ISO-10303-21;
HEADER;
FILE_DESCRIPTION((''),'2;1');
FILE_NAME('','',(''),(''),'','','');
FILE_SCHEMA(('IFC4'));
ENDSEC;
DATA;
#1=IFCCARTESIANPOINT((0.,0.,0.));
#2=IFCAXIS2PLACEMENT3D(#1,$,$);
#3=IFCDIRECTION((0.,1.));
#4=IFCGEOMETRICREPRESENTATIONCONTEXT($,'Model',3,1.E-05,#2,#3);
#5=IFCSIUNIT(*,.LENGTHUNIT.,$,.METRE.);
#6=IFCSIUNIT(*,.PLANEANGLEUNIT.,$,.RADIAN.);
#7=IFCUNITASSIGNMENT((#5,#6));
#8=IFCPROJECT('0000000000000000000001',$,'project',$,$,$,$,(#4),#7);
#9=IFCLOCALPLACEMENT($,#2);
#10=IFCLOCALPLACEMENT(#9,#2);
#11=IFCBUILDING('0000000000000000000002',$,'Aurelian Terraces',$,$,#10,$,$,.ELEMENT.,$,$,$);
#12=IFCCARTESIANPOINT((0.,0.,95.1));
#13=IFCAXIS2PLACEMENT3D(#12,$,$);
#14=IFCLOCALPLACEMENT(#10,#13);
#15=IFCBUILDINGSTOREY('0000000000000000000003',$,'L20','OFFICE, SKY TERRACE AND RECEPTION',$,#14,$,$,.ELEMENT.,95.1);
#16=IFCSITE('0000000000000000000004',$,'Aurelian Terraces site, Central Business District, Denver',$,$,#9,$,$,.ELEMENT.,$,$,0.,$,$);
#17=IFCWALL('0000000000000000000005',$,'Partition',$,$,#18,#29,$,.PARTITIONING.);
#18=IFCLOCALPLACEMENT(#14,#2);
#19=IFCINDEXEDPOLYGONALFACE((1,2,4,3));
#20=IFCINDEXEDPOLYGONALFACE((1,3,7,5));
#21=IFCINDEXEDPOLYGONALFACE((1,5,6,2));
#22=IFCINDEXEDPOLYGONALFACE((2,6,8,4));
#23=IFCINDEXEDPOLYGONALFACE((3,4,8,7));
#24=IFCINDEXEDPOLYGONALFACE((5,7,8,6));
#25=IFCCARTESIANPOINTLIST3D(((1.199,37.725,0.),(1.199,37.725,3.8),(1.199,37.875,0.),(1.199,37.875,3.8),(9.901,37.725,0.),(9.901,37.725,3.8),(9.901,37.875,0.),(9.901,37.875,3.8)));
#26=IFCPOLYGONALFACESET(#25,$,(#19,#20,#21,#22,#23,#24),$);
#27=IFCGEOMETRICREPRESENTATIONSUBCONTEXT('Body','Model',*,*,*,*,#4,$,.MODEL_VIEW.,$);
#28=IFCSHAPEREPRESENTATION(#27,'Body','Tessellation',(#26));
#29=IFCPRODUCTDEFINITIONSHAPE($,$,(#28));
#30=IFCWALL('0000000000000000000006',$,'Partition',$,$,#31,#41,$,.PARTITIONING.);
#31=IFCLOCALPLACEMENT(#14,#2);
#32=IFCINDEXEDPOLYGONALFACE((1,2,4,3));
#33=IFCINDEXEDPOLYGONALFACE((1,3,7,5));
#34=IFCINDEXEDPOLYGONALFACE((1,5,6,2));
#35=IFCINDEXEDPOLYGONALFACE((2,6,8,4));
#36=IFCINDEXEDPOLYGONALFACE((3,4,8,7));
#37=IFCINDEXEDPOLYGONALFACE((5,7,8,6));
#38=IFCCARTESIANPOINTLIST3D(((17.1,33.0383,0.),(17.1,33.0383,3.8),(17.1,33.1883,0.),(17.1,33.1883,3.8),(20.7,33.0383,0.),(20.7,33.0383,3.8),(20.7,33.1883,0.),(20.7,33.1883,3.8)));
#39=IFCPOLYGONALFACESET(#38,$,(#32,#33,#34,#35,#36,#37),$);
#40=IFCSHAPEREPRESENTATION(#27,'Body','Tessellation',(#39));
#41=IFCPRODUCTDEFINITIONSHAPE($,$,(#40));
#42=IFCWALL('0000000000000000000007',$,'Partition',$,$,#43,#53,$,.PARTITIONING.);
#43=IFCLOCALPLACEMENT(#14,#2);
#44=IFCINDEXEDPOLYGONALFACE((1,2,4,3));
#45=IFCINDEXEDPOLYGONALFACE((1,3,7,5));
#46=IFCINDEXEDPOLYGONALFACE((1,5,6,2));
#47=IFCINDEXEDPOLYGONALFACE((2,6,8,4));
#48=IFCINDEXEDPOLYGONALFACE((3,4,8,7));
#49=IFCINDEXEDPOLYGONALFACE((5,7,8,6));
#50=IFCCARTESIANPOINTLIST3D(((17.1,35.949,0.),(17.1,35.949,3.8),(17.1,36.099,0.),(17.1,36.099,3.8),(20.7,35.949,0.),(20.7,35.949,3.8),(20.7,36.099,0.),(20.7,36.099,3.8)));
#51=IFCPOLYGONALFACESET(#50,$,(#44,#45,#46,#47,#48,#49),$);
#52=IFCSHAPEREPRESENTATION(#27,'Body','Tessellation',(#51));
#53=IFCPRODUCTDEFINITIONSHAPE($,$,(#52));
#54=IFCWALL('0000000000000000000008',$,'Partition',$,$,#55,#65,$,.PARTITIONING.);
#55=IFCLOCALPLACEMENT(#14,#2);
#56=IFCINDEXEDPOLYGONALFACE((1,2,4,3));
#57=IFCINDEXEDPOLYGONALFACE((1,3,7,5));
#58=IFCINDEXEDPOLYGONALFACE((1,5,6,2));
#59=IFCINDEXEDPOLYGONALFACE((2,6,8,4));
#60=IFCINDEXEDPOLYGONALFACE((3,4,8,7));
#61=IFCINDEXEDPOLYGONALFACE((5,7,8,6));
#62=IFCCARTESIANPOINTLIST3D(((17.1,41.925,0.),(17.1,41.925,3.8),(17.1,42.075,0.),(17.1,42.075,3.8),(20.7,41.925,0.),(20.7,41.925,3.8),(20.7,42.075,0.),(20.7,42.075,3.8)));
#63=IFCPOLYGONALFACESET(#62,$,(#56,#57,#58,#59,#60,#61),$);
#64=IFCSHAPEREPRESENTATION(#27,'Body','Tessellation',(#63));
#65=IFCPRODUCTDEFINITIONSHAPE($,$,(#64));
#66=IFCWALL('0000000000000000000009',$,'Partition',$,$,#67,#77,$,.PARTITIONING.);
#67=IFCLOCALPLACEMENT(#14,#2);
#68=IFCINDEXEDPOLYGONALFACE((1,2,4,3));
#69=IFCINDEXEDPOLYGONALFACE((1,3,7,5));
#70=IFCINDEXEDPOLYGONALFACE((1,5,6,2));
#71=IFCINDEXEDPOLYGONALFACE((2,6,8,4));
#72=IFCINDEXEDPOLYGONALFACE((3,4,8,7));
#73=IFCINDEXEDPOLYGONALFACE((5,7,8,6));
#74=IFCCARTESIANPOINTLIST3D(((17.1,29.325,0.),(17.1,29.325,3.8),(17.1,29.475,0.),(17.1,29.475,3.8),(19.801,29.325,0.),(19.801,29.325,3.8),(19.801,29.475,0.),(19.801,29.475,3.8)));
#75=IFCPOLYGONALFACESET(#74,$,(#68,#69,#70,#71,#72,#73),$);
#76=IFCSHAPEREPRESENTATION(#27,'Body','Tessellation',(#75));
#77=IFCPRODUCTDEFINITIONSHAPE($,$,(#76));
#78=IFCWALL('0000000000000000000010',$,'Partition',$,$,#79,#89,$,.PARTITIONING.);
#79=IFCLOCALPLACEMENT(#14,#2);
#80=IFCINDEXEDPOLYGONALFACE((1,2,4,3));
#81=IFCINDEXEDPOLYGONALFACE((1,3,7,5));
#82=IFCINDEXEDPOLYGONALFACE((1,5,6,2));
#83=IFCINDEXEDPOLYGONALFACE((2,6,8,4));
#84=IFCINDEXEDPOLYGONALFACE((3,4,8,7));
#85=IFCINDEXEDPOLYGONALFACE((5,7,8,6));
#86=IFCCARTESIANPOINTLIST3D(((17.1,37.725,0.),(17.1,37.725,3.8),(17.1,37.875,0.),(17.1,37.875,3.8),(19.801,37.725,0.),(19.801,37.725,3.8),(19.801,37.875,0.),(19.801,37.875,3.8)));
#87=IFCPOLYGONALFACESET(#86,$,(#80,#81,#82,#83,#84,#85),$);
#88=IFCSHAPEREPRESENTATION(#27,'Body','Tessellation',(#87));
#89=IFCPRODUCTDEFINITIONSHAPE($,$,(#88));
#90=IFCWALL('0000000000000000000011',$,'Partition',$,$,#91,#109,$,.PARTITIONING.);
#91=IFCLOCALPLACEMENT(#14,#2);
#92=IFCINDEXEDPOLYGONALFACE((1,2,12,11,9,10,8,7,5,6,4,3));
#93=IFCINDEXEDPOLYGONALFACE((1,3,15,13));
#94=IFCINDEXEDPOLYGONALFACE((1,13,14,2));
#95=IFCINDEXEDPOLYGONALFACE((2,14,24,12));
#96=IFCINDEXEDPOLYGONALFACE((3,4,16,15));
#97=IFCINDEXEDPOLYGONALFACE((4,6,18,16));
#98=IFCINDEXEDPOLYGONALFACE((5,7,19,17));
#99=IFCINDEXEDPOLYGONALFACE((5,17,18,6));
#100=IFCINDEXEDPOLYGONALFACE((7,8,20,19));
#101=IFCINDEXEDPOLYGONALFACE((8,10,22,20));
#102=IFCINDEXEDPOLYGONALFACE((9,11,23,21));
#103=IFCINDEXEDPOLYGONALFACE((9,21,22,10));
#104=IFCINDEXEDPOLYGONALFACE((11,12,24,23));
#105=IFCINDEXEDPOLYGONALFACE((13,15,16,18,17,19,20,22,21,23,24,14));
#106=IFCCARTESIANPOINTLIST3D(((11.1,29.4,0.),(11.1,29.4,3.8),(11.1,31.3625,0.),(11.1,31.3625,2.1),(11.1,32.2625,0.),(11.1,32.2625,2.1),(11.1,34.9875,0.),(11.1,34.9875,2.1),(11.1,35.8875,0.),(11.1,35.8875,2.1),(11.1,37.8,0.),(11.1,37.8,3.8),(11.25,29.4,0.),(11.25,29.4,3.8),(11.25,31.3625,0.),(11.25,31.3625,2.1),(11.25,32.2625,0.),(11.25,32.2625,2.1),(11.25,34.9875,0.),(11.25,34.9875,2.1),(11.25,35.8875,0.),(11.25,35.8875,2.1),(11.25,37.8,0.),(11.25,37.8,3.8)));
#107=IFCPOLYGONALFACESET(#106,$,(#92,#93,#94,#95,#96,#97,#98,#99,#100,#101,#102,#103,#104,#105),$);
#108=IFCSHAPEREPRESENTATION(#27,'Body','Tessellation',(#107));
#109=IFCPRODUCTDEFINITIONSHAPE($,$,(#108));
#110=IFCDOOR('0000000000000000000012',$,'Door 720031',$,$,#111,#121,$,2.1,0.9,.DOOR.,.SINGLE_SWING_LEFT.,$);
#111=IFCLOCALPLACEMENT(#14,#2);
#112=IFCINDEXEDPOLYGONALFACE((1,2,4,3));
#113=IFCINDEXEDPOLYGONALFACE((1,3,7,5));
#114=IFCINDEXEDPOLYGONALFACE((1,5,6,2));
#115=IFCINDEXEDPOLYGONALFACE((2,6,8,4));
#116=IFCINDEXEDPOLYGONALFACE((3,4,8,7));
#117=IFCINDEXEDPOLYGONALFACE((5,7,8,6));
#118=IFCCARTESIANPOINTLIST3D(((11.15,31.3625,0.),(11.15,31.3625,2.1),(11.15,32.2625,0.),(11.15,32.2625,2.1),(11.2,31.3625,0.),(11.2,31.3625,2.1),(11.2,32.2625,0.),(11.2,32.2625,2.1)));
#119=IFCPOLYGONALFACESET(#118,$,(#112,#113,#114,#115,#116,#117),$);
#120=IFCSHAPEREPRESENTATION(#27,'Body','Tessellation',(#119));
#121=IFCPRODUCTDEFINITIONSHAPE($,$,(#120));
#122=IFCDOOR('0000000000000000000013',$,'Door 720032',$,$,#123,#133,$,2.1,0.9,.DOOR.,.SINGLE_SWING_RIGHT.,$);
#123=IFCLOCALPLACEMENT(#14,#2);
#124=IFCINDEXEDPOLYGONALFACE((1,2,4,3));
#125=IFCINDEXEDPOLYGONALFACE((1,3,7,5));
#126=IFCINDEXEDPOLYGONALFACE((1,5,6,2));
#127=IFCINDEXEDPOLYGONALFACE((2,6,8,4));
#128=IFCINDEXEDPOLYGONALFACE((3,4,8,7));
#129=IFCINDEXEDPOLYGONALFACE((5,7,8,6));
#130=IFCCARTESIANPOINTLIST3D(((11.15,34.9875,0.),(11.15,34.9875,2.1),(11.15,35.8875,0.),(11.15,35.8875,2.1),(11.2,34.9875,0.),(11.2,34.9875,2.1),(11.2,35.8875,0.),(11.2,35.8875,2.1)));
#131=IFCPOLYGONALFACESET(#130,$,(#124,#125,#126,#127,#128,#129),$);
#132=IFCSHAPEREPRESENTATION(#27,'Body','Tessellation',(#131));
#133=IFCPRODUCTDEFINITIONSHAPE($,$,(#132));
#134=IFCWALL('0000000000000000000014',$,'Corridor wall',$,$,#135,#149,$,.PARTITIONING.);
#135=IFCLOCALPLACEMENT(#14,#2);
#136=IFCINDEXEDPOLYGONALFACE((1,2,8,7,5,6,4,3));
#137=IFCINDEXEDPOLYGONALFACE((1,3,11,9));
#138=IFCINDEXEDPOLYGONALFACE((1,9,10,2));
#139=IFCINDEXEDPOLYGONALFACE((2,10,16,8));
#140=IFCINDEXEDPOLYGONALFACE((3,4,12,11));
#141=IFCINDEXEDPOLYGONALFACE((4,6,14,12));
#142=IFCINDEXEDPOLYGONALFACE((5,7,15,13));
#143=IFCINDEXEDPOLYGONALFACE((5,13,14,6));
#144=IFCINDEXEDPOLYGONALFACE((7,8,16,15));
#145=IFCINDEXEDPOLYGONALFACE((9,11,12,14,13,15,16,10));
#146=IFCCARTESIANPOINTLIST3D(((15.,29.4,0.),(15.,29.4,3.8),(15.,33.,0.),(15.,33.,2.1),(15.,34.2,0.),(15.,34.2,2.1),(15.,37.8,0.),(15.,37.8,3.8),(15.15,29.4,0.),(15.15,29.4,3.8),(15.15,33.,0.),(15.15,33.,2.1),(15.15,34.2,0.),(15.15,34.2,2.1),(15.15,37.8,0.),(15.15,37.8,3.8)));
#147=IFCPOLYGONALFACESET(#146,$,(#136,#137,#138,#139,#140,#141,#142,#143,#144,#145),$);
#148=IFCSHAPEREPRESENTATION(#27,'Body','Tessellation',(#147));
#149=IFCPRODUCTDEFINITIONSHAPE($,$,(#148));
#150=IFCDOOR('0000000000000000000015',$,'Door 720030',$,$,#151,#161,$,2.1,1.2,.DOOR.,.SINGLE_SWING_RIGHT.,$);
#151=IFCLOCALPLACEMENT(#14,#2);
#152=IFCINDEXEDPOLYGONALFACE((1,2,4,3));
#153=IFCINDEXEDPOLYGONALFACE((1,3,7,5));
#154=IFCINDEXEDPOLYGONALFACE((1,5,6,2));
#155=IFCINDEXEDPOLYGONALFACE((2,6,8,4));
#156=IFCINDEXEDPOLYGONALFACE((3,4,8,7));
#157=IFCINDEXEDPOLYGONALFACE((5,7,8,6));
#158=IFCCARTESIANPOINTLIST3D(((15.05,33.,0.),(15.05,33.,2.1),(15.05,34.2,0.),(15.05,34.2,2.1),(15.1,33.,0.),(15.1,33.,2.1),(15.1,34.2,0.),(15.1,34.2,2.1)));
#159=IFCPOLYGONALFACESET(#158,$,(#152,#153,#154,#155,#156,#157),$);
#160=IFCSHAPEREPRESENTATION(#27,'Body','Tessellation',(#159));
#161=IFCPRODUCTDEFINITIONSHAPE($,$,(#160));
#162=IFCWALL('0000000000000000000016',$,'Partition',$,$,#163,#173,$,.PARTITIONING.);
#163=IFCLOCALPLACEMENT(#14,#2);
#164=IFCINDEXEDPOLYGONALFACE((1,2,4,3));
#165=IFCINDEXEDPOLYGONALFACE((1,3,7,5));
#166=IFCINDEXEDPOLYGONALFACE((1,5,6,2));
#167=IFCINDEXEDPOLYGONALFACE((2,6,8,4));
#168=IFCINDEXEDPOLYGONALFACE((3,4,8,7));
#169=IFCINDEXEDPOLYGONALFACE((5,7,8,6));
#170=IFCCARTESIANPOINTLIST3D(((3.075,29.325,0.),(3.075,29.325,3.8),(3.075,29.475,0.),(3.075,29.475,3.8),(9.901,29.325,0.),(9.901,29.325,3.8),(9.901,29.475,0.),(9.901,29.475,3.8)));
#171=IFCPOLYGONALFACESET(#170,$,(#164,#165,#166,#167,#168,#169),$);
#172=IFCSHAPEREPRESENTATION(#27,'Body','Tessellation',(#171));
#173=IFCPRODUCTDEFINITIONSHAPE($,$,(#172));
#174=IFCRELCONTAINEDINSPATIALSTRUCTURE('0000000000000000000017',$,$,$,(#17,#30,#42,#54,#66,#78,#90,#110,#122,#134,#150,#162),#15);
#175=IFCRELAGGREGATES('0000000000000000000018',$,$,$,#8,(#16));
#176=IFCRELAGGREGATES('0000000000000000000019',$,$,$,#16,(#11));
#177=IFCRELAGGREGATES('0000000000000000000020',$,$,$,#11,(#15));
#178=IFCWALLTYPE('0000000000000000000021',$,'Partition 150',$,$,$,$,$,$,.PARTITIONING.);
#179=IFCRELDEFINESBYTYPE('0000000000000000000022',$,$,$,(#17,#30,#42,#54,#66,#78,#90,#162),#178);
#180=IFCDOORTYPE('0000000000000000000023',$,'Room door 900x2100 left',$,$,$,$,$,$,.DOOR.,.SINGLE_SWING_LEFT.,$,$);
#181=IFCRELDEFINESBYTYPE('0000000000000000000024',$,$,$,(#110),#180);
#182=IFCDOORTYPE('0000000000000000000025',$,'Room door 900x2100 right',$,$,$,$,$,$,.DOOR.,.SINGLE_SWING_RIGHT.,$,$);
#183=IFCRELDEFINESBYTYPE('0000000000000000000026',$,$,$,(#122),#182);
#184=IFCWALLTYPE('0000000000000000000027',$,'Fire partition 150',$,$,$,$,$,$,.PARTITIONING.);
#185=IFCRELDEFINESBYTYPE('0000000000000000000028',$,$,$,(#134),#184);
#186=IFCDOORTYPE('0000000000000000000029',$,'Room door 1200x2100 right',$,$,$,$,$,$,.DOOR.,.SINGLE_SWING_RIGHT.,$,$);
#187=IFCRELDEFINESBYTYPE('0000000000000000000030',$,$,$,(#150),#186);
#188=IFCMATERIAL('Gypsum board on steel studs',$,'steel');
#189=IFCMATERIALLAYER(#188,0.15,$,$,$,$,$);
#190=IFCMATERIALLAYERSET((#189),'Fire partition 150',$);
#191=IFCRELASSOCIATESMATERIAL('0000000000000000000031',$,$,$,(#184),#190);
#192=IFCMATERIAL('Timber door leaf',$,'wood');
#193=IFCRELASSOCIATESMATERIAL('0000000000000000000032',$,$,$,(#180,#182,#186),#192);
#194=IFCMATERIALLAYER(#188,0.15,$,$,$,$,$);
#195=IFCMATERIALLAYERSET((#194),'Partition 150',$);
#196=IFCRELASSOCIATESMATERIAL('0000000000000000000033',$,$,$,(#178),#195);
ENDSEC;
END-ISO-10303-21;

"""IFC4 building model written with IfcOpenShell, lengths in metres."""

from ifc_helpers import new_model, si_unit, direction, frame, frame_2d, origin, place, context, subcontext, project, spatial, rectangle, extrude, source, transform, mapped, material, layer, layer_set, type_object, element, fill, save


model = new_model("IFC4")

# Units and contexts
model_context = context("Model", 3, precision=1e-05, world=origin(), true_north=direction((0.0, 1.0)))
body_context = subcontext(model_context, "Body", "Model", "MODEL_VIEW")
ifc_project = project(units=[si_unit("LENGTHUNIT", "METRE"), si_unit("PLANEANGLEUNIT", "RADIAN")], contexts=[model_context])

# Site, building, storey
site_placement = place(None, origin())
site = spatial("IfcSite", under=ifc_project, at=site_placement, Name="Aurelian Terraces site, Central Business District, Denver", CompositionType="ELEMENT", RefElevation=0.0)
building_placement = place(site_placement, origin())
building = spatial("IfcBuilding", under=site, at=building_placement, Name="Aurelian Terraces", CompositionType="ELEMENT")
storey_placement = place(building_placement, frame((0.0, 0.0, 95.1)))
storey = spatial("IfcBuildingStorey", under=building, at=storey_placement, Name="L20", Description="OFFICE, SKY TERRACE AND RECEPTION", CompositionType="ELEMENT", Elevation=95.1)

# Shared definitions
ifc_material_1 = material(Name="Gypsum board on steel studs", Category="steel")
shared_shape_1 = source(origin(), body_context, "Body", "SweptSolid", [
    extrude(rectangle(XDim=0.9, YDim=2.1, at=frame_2d((0.45, 1.05))), frame((0.0, 0.025, 0.0), z_axis=(0.0, -1.0, 0.0), x_axis=(1.0, 0.0, 0.0)), (0.0, 0.0, 1.0), 0.05),
])
shared_shape_2 = source(origin(), body_context, "Body", "SweptSolid", [
    extrude(rectangle(XDim=1.2, YDim=2.1, at=frame_2d((0.6, 1.05))), frame((0.0, 0.025, 0.0), z_axis=(0.0, -1.0, 0.0), x_axis=(1.0, 0.0, 0.0)), (0.0, 0.0, 1.0), 0.05),
])

# Shared definitions
ifc_layer_1 = layer(ifc_material_1, 0.15)
ifc_layer_set_1 = layer_set([ifc_layer_1], Name="Fire partition 150")
wall_type_1 = type_object("IfcWallType", Name="Fire partition 150", PredefinedType="PARTITIONING", material=ifc_layer_set_1)
shared_shape_3 = source(origin(), body_context, "Body", "SweptSolid", [
    extrude(rectangle(XDim=0.9, YDim=2.1, at=frame_2d((0.45, 1.05))), frame((0.0, 0.085, 0.0), z_axis=(0.0, -1.0, 0.0), x_axis=(1.0, 0.0, 0.0)), (0.0, 0.0, 1.0), 0.17),
])
ifc_material_2 = material(Name="Timber door leaf", Category="wood")
door_type_1 = type_object("IfcDoorType", Name="Room door 900x2100 left", OperationType="SINGLE_SWING_LEFT", PredefinedType="DOOR", material=ifc_material_2)

# Walls
ifc_layer_2 = layer(ifc_material_1, 0.15)
ifc_layer_set_2 = layer_set([ifc_layer_2], Name="Partition 150")
wall_type_2 = type_object("IfcWallType", Name="Partition 150", PredefinedType="PARTITIONING", material=ifc_layer_set_2)
shared_shape_4 = source(origin(), body_context, "Body", "SweptSolid", [
    extrude(rectangle(XDim=8.702, YDim=0.15, at=frame_2d((4.351, 0.0))), origin(), (0.0, 0.0, 1.0), 3.8),
])
wall_1_placement = place(storey_placement, frame((9.901, 37.8, 0.0), z_axis=(0.0, 0.0, 1.0), x_axis=(-1.0, 0.0, 0.0)))
element("IfcWall", 1, at=wall_1_placement, inside=storey, type_object=wall_type_2, Name="Partition", PredefinedType="PARTITIONING", context=body_context, shape_type="MappedRepresentation", body=[
    mapped(shared_shape_4, transform((0.0, 0.0, 0.0), scale=1.0)),
])
shared_shape_5 = source(origin(), body_context, "Body", "SweptSolid", [
    extrude(rectangle(XDim=3.6, YDim=0.15, at=frame_2d((1.8, 0.0))), origin(), (0.0, 0.0, 1.0), 3.8),
])
for number, where, z_axis, x_axis, name in (
    (2, (17.1, 33.1133, 0.0), (0.0, 0.0, 1.0), (1.0, 0.0, 0.0), "Partition"),
    (3, (17.1, 36.024, 0.0), (0.0, 0.0, 1.0), (1.0, 0.0, 0.0), "Partition"),
    (4, (17.1, 42.0, 0.0), (0.0, 0.0, 1.0), (1.0, 0.0, 0.0), "Partition"),
):
    element("IfcWall", number, at=place(storey_placement, frame(where, z_axis=z_axis, x_axis=x_axis)), inside=storey, type_object=wall_type_2, Name=name, PredefinedType="PARTITIONING", context=body_context, shape_type="MappedRepresentation", body=[
        mapped(shared_shape_5, transform((0.0, 0.0, 0.0), scale=1.0)),
    ])
shared_shape_6 = source(origin(), body_context, "Body", "SweptSolid", [
    extrude(rectangle(XDim=2.701, YDim=0.15, at=frame_2d((1.3505, 0.0))), origin(), (0.0, 0.0, 1.0), 3.8),
])
for number, where, z_axis, x_axis, name in (
    (5, (19.801, 29.4, 0.0), (0.0, 0.0, 1.0), (-1.0, 0.0, 0.0), "Partition"),
    (6, (19.801, 37.8, 0.0), (0.0, 0.0, 1.0), (-1.0, 0.0, 0.0), "Partition"),
):
    element("IfcWall", number, at=place(storey_placement, frame(where, z_axis=z_axis, x_axis=x_axis)), inside=storey, type_object=wall_type_2, Name=name, PredefinedType="PARTITIONING", context=body_context, shape_type="MappedRepresentation", body=[
        mapped(shared_shape_6, transform((0.0, 0.0, 0.0), scale=1.0)),
    ])

# Wall, openings, doors
shared_shape_7 = source(origin(), body_context, "Body", "SweptSolid", [
    extrude(rectangle(XDim=8.4, YDim=0.15, at=frame_2d((4.2, 0.0))), origin(), (0.0, 0.0, 1.0), 3.8),
])
wall_2_placement = place(storey_placement, frame((11.175, 29.4, 0.0), z_axis=(0.0, 0.0, 1.0), x_axis=(0.0, 1.0, 0.0)))
wall_2 = element("IfcWall", 7, at=wall_2_placement, inside=storey, type_object=wall_type_2, Name="Partition", PredefinedType="PARTITIONING", context=body_context, shape_type="MappedRepresentation", body=[
    mapped(shared_shape_7, transform((0.0, 0.0, 0.0), scale=1.0)),
])
opening_1_placement = place(wall_2_placement, frame((1.9625, 0.0, 0.0)))
opening_1 = element("IfcOpeningElement", 8, at=opening_1_placement, cuts=wall_2, PredefinedType="OPENING", context=body_context, shape_type="MappedRepresentation", body=[
    mapped(shared_shape_3, transform((0.0, 0.0, 0.0), scale=1.0)),
])
opening_2_placement = place(wall_2_placement, frame((5.5875, 0.0, 0.0)))
opening_2 = element("IfcOpeningElement", 9, at=opening_2_placement, cuts=wall_2, PredefinedType="OPENING", context=body_context, shape_type="MappedRepresentation", body=[
    mapped(shared_shape_3, transform((0.0, 0.0, 0.0), scale=1.0)),
])
door_1_placement = place(opening_1_placement, origin())
door_1 = element("IfcDoor", 10, at=door_1_placement, inside=storey, type_object=door_type_1, Name="Door 720031", OperationType="SINGLE_SWING_LEFT", OverallHeight=2.1, OverallWidth=0.9, PredefinedType="DOOR", context=body_context, shape_type="MappedRepresentation", body=[
    mapped(shared_shape_1, transform((0.0, 0.0, 0.0), scale=1.0)),
])
fill(opening_1, door_1)
door_type_2 = type_object("IfcDoorType", Name="Room door 900x2100 right", OperationType="SINGLE_SWING_RIGHT", PredefinedType="DOOR", material=ifc_material_2)
door_2_placement = place(opening_2_placement, origin())
door_2 = element("IfcDoor", 11, at=door_2_placement, inside=storey, type_object=door_type_2, Name="Door 720032", OperationType="SINGLE_SWING_RIGHT", OverallHeight=2.1, OverallWidth=0.9, PredefinedType="DOOR", context=body_context, shape_type="MappedRepresentation", body=[
    mapped(shared_shape_1, transform((0.0, 0.0, 0.0), scale=1.0)),
])
fill(opening_2, door_2)

# Wall, opening, door
wall_3_placement = place(storey_placement, frame((15.075, 29.4, 0.0), z_axis=(0.0, 0.0, 1.0), x_axis=(0.0, 1.0, 0.0)))
wall_3 = element("IfcWall", 12, at=wall_3_placement, inside=storey, type_object=wall_type_1, Name="Corridor wall", PredefinedType="PARTITIONING", context=body_context, shape_type="MappedRepresentation", body=[
    mapped(shared_shape_7, transform((0.0, 0.0, 0.0), scale=1.0)),
])
shared_shape_8 = source(origin(), body_context, "Body", "SweptSolid", [
    extrude(rectangle(XDim=1.2, YDim=2.1, at=frame_2d((0.6, 1.05))), frame((0.0, 0.085, 0.0), z_axis=(0.0, -1.0, 0.0), x_axis=(1.0, 0.0, 0.0)), (0.0, 0.0, 1.0), 0.17),
])
opening_3_placement = place(wall_3_placement, frame((3.6, 0.0, 0.0)))
opening_3 = element("IfcOpeningElement", 13, at=opening_3_placement, cuts=wall_3, PredefinedType="OPENING", context=body_context, shape_type="MappedRepresentation", body=[
    mapped(shared_shape_8, transform((0.0, 0.0, 0.0), scale=1.0)),
])
door_type_3 = type_object("IfcDoorType", Name="Room door 1200x2100 right", OperationType="SINGLE_SWING_RIGHT", PredefinedType="DOOR", material=ifc_material_2)
door_3_placement = place(opening_3_placement, origin())
door_3 = element("IfcDoor", 14, at=door_3_placement, inside=storey, type_object=door_type_3, Name="Door 720030", OperationType="SINGLE_SWING_RIGHT", OverallHeight=2.1, OverallWidth=1.2, PredefinedType="DOOR", context=body_context, shape_type="MappedRepresentation", body=[
    mapped(shared_shape_2, transform((0.0, 0.0, 0.0), scale=1.0)),
])
fill(opening_3, door_3)

# Wall
shared_shape_9 = source(origin(), body_context, "Body", "SweptSolid", [
    extrude(rectangle(XDim=6.826, YDim=0.15, at=frame_2d((3.413, 0.0))), origin(), (0.0, 0.0, 1.0), 3.8),
])
wall_4_placement = place(storey_placement, frame((9.901, 29.4, 0.0), z_axis=(0.0, 0.0, 1.0), x_axis=(-1.0, 0.0, 0.0)))
element("IfcWall", 15, at=wall_4_placement, inside=storey, type_object=wall_type_2, Name="Partition", PredefinedType="PARTITIONING", context=body_context, shape_type="MappedRepresentation", body=[
    mapped(shared_shape_9, transform((0.0, 0.0, 0.0), scale=1.0)),
])

save(model, "model.ifc")
